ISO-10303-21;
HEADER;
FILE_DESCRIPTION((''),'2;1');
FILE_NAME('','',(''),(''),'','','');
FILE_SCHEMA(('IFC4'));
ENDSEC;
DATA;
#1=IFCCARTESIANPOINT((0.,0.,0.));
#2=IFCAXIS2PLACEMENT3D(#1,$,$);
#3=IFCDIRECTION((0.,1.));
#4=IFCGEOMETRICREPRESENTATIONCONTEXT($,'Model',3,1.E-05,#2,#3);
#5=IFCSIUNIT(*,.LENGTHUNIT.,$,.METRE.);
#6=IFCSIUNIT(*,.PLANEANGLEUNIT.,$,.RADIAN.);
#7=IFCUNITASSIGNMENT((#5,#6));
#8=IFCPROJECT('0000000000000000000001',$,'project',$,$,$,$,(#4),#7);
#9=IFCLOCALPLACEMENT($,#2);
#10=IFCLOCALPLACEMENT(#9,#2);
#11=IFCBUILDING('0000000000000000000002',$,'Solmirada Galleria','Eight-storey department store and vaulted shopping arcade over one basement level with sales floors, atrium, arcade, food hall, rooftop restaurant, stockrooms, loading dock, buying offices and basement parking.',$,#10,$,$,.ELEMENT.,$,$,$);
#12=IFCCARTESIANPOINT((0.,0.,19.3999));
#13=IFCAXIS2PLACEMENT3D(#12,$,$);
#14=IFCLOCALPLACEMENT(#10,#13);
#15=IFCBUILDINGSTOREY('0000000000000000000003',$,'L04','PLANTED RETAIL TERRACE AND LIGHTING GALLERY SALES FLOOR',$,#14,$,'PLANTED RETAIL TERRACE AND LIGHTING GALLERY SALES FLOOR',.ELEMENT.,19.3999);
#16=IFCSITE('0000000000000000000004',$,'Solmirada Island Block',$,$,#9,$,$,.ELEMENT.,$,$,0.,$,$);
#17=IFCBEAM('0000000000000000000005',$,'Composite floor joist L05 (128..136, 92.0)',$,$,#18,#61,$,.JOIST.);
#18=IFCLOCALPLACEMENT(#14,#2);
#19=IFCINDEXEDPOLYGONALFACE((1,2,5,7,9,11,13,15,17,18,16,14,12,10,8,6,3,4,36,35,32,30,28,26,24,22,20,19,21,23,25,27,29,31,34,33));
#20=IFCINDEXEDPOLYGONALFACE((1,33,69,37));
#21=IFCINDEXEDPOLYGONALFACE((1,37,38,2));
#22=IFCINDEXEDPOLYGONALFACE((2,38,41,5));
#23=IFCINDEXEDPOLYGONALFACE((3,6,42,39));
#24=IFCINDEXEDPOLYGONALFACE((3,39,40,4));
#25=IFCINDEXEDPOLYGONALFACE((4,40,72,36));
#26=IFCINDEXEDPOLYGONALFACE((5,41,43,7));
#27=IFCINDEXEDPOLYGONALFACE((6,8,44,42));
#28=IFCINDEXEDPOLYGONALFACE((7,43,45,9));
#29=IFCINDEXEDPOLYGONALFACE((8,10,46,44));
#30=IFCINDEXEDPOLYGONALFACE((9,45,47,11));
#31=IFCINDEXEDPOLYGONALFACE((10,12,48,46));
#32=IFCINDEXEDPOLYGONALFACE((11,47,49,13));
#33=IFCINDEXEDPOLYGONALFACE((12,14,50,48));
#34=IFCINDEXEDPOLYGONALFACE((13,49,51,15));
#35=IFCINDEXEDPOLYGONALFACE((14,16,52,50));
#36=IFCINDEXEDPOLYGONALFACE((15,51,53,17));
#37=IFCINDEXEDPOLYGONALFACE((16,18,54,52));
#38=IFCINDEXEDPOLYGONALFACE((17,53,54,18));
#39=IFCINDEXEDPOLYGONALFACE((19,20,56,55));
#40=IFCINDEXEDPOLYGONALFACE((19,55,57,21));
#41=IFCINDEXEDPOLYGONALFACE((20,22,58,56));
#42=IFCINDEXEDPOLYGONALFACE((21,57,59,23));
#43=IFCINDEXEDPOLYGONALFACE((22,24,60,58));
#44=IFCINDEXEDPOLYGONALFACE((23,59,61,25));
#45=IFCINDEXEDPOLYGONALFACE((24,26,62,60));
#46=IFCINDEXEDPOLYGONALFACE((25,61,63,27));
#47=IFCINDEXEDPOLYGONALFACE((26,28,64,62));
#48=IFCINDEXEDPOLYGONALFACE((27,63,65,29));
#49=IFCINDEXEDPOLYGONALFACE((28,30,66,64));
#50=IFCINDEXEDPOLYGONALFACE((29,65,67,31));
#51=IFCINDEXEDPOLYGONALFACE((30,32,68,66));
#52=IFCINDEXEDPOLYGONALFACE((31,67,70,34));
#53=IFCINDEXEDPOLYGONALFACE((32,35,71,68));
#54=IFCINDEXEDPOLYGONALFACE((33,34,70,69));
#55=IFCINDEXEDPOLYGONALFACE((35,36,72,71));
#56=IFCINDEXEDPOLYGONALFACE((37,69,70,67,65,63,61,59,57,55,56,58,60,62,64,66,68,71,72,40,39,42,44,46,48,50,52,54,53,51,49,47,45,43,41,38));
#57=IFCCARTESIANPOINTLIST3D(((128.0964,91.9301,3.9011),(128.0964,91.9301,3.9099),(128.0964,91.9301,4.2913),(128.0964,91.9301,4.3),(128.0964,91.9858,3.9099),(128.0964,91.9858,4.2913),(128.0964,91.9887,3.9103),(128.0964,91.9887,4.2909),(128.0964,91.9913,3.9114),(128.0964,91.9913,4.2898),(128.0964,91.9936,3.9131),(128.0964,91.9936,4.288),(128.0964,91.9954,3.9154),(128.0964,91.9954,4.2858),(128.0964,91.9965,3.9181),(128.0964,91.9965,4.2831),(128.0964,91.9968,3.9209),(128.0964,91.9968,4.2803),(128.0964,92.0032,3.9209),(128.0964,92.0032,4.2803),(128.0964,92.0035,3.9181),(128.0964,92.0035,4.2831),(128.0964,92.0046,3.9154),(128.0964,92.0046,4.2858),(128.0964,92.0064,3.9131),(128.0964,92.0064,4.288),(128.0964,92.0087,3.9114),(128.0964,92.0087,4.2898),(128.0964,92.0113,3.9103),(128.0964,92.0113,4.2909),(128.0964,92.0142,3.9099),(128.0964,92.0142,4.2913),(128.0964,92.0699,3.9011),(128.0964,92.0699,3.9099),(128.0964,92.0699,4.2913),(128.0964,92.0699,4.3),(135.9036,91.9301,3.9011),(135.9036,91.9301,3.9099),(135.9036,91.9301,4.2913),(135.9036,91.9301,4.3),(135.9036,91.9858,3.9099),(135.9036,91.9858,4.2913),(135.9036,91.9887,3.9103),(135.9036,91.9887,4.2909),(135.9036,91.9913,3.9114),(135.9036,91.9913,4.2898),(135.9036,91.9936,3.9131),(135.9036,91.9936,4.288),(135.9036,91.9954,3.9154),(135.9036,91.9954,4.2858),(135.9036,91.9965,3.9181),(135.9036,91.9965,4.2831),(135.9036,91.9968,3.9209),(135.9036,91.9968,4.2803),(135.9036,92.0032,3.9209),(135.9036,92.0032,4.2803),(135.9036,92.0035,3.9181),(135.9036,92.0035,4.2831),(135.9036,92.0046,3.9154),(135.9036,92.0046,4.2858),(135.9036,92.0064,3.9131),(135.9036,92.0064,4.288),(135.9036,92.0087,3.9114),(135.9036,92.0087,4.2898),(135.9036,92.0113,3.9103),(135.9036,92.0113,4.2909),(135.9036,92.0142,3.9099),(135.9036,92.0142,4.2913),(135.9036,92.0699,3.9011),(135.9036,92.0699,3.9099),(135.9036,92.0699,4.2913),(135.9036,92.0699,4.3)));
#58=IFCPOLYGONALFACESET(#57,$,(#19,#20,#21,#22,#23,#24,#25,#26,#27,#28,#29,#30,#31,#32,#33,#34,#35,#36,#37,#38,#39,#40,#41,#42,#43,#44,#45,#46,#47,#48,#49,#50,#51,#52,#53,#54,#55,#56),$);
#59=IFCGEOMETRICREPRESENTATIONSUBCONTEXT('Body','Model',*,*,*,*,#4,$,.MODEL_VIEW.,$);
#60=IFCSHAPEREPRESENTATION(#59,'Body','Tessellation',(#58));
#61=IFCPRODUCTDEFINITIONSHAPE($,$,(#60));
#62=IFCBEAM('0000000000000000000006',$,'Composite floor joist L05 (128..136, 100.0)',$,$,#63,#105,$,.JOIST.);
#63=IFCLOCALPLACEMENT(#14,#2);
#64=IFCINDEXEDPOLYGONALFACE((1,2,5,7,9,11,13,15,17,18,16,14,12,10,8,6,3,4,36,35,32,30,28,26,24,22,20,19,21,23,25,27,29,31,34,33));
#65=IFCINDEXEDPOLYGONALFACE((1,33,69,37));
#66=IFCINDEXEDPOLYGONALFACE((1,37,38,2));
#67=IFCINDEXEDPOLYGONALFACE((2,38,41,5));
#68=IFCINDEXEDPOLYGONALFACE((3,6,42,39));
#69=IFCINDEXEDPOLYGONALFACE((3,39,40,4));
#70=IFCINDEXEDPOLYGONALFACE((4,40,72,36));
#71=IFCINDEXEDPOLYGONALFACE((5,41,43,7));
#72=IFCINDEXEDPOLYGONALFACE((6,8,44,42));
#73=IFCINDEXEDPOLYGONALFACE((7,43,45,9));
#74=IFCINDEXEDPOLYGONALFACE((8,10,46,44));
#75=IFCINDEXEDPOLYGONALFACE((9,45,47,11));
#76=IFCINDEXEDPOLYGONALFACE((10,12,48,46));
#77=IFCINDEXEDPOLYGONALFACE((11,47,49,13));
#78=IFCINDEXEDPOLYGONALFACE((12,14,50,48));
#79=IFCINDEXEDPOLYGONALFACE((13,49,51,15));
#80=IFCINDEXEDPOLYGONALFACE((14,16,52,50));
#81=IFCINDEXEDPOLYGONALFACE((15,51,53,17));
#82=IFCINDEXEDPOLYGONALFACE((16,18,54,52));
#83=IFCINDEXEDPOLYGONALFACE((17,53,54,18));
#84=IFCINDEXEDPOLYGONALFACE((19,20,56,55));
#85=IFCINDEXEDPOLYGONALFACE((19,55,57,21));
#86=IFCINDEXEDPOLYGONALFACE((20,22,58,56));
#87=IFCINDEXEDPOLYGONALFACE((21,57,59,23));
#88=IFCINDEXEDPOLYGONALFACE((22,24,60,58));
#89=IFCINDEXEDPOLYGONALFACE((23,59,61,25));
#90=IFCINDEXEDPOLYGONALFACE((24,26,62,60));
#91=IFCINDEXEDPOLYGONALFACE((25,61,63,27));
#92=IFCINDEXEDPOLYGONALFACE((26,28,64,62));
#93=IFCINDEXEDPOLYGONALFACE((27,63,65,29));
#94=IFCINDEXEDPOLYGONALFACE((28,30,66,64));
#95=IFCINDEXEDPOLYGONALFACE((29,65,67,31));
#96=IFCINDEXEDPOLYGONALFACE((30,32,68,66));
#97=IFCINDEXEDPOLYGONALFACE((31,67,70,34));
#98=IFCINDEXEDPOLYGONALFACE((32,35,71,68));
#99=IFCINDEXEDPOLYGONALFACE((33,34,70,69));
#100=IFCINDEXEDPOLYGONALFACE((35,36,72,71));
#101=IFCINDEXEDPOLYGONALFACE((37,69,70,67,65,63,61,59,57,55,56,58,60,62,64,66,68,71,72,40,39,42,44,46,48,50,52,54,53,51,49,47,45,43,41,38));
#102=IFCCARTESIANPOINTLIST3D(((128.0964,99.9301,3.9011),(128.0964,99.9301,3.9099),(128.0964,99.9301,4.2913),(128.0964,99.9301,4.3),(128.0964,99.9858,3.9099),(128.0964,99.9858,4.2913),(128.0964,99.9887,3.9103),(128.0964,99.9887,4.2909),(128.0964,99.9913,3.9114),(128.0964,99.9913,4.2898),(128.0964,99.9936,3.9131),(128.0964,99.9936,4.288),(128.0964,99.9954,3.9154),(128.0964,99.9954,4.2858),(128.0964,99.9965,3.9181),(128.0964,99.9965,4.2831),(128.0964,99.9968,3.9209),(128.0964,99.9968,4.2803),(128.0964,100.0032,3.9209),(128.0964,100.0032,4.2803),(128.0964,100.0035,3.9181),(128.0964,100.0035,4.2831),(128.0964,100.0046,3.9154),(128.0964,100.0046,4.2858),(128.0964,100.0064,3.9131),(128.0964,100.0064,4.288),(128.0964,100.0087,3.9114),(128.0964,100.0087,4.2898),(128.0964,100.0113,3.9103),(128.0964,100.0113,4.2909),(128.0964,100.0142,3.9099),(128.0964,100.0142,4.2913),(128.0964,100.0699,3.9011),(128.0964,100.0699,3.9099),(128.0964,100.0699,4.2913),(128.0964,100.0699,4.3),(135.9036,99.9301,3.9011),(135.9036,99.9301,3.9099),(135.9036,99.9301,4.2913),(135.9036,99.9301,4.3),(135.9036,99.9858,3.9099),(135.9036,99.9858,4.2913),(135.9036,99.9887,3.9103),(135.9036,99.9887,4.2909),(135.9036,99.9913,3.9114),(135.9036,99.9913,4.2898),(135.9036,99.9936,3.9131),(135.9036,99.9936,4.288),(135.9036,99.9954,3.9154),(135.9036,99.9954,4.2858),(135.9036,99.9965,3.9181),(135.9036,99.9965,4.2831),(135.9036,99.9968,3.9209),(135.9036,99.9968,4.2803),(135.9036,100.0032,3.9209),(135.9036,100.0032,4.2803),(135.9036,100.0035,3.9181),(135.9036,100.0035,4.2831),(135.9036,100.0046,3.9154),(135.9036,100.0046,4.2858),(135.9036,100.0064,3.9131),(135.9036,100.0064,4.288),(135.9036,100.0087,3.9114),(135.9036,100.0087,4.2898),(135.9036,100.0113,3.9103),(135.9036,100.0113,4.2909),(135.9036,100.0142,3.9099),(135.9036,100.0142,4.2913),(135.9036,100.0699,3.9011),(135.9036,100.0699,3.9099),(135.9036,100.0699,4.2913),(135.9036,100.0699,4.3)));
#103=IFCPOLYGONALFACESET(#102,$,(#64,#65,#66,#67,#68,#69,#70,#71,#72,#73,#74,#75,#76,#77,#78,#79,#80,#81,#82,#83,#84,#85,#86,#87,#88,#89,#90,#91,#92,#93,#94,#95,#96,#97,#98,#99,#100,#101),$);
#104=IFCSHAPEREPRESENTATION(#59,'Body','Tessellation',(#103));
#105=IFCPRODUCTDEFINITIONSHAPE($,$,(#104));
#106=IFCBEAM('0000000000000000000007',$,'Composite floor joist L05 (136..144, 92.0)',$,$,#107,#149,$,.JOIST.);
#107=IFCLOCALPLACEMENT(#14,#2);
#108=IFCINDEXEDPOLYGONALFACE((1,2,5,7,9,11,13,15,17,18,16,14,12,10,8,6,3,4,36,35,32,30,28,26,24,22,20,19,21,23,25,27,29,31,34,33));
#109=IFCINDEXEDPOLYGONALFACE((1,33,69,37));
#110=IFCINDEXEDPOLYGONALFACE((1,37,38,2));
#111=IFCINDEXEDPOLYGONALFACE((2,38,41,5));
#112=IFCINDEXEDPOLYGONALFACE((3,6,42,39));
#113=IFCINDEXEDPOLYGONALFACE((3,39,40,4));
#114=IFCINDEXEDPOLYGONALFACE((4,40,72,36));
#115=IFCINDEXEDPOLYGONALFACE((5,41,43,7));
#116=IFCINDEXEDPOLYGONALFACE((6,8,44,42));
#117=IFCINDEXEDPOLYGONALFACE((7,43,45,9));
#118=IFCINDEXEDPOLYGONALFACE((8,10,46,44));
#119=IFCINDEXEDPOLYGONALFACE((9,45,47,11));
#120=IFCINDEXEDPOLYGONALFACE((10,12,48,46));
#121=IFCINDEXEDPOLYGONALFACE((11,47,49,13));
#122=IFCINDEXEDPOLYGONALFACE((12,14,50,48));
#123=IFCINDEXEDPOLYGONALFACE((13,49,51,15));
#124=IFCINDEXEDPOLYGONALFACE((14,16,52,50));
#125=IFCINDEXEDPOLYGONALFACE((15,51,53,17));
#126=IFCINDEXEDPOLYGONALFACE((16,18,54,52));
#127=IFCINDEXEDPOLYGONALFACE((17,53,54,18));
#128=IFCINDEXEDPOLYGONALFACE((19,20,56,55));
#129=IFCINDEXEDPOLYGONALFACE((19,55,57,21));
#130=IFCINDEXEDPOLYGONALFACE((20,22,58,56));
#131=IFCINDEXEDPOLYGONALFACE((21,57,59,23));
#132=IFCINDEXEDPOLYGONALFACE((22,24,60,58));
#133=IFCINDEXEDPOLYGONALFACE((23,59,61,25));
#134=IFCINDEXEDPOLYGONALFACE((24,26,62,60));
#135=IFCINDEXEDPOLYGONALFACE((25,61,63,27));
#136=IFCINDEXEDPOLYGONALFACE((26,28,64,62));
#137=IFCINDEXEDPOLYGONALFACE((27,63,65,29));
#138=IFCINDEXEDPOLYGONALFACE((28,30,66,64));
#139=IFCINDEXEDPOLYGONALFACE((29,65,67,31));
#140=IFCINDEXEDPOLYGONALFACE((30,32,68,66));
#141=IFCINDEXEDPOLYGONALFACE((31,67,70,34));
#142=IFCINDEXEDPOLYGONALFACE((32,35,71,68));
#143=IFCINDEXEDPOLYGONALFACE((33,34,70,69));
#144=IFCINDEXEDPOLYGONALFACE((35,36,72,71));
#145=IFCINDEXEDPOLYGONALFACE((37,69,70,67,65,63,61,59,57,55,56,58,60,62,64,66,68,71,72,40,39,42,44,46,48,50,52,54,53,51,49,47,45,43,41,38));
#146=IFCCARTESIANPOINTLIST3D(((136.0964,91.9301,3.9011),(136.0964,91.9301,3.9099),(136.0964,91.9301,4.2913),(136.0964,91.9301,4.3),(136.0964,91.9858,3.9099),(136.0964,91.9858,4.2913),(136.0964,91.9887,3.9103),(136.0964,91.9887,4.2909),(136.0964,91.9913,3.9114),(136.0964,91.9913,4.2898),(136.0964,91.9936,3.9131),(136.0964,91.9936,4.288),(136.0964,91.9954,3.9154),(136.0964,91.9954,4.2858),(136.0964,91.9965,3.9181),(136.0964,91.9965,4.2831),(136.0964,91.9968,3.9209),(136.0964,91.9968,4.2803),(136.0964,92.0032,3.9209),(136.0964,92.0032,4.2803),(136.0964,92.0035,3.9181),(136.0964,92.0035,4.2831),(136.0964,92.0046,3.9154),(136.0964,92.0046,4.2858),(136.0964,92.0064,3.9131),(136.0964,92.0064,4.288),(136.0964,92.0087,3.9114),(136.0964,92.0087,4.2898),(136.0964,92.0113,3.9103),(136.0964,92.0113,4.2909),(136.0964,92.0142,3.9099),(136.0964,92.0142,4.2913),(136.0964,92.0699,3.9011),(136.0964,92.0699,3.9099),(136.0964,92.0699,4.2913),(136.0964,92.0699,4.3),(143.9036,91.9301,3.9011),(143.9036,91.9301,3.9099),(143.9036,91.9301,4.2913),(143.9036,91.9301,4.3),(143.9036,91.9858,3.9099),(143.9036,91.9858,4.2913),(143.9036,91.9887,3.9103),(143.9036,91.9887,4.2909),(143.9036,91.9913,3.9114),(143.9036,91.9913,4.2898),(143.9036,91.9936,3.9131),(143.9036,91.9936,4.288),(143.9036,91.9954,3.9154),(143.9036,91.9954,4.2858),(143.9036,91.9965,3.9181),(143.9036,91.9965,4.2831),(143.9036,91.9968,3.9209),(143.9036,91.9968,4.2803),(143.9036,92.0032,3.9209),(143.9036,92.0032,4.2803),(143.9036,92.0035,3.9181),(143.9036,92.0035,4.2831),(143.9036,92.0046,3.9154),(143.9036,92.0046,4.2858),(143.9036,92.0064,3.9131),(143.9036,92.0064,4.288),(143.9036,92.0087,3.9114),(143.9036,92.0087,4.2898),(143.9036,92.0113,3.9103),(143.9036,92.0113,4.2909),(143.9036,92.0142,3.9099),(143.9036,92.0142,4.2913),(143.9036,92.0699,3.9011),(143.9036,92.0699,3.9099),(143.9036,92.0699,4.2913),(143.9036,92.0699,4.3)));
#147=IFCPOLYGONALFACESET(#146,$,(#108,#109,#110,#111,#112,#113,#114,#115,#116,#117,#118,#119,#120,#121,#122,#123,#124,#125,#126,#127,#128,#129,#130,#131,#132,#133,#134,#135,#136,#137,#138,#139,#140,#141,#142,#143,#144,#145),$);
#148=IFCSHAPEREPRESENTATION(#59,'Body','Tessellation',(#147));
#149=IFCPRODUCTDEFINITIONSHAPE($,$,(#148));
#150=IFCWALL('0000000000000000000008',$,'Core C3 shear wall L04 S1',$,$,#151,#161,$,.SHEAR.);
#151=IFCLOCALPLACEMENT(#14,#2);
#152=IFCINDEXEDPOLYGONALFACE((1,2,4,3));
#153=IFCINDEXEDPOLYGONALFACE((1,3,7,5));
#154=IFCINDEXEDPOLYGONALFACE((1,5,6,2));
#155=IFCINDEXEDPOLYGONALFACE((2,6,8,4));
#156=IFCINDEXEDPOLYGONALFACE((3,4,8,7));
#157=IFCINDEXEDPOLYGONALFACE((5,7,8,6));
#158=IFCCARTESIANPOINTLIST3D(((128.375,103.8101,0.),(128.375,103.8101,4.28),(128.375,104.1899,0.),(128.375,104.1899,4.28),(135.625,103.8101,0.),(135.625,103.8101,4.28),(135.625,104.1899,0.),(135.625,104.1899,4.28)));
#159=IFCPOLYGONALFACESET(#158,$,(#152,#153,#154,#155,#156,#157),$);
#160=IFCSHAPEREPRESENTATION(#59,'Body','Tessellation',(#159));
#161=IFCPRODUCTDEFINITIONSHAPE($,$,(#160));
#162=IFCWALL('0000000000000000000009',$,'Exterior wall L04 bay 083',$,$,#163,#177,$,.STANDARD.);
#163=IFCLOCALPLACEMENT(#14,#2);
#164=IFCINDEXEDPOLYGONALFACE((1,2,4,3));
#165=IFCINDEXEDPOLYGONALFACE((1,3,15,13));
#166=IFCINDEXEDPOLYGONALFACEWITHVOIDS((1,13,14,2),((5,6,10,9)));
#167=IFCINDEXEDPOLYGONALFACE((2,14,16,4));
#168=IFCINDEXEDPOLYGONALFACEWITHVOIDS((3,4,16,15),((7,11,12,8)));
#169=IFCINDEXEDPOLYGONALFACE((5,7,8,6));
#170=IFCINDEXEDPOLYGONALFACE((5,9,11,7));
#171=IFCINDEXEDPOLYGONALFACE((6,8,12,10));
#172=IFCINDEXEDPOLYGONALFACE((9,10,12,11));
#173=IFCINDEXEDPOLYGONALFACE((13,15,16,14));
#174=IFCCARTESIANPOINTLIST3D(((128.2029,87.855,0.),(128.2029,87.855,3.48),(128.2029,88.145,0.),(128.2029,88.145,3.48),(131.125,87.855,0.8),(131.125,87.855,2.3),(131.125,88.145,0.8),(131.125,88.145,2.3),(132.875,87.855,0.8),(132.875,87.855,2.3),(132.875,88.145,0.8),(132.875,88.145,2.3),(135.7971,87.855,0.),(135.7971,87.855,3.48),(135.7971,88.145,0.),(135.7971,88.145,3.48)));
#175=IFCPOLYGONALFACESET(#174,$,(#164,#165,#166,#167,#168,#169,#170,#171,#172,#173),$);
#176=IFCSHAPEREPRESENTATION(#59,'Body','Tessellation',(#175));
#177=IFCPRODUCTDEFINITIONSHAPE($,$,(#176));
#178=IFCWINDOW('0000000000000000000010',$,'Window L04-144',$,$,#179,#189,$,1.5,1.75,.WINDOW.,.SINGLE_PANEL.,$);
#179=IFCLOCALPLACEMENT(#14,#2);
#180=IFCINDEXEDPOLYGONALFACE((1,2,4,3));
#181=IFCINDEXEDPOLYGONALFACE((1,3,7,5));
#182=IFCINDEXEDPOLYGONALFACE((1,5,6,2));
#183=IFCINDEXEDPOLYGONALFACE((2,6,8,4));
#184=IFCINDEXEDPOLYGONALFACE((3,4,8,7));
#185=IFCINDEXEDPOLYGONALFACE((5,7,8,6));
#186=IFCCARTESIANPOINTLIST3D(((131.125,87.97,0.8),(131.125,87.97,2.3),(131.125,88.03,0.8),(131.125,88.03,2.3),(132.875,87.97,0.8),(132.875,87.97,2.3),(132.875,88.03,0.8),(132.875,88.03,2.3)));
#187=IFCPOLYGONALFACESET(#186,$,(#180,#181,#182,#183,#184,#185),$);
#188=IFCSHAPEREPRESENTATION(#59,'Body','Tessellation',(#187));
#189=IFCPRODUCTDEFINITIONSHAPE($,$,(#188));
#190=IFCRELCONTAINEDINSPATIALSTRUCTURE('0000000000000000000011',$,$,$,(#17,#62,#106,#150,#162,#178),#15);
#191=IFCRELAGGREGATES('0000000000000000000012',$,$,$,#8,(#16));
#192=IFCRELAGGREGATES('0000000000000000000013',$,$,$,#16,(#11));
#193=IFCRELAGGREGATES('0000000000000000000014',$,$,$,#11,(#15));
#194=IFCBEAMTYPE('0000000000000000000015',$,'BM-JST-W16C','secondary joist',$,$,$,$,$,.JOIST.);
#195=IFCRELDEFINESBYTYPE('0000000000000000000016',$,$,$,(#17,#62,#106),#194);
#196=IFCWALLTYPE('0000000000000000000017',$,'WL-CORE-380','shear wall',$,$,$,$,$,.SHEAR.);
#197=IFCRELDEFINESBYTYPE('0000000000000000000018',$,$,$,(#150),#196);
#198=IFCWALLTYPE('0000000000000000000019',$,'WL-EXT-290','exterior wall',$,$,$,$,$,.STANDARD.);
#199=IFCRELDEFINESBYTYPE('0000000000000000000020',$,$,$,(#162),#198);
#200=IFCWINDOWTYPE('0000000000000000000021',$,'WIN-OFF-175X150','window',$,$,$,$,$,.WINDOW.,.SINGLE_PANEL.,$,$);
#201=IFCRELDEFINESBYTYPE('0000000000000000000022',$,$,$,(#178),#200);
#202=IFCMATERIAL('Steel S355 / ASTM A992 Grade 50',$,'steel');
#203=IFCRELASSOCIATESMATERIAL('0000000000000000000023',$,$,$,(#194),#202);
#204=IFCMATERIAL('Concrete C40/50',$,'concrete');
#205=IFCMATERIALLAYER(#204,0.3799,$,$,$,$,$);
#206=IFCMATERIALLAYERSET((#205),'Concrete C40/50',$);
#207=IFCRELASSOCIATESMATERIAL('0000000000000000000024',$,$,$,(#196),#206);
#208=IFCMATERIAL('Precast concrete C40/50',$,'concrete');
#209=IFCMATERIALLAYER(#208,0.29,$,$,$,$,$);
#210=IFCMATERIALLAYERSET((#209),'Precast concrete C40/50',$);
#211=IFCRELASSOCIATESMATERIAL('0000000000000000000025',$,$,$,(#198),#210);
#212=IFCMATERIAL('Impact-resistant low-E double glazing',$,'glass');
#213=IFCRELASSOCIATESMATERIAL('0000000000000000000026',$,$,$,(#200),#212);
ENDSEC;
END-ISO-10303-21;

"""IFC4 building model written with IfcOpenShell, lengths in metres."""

from ifc_helpers import new_model, si_unit, direction, frame, frame_2d, origin, origin_2d, place, context, subcontext, project, spatial, rectangle, i_section, extrude, material, layer, layer_set, material_profile, profile_set, type_object, element, fill, save


model = new_model("IFC4")

# Units and contexts
model_context = context("Model", 3, precision=1e-05, world=origin(), true_north=direction((0.0, 1.0)))
body_context = subcontext(model_context, "Body", "Model", "MODEL_VIEW")
ifc_project = project(units=[si_unit("LENGTHUNIT", "METRE"), si_unit("PLANEANGLEUNIT", "RADIAN")], contexts=[model_context])

# Site, building, storey
site_placement = place(None, origin())
site = spatial("IfcSite", under=ifc_project, at=site_placement, Name="Solmirada Island Block", CompositionType="ELEMENT", RefElevation=0.0)
building_placement = place(site_placement, origin())
building = spatial("IfcBuilding", under=site, at=building_placement, Name="Solmirada Galleria", Description="Eight-storey department store and vaulted shopping arcade over one basement level with sales floors, atrium, arcade, food hall, rooftop restaurant, stockrooms, loading dock, buying offices and basement parking.", CompositionType="ELEMENT")
storey_placement = place(building_placement, frame((0.0, 0.0, 19.3999)))
storey = spatial("IfcBuildingStorey", under=building, at=storey_placement, Name="L04", Description="PLANTED RETAIL TERRACE AND LIGHTING GALLERY SALES FLOOR", LongName="PLANTED RETAIL TERRACE AND LIGHTING GALLERY SALES FLOOR", CompositionType="ELEMENT", Elevation=19.3999)

# Shared definitions
ifc_material_1 = material(Name="Concrete C40/50", Category="concrete")

# Beams
ifc_material_2 = material(Name="Steel S355 / ASTM A992 Grade 50", Category="steel")
ifc_material_profile_1 = material_profile(ifc_material_2, i_section(OverallWidth=0.1399, OverallDepth=0.3989, WebThickness=0.0063, FlangeThickness=0.0088, FilletRadius=0.011, at=origin_2d()), Name="W16X26")
ifc_profile_set_1 = profile_set([ifc_material_profile_1], Name="Steel S355 / ASTM A992 Grade 50")
beam_type_1 = type_object("IfcBeamType", Name="BM-JST-W16C", Description="secondary joist", PredefinedType="JOIST", material=ifc_profile_set_1)
for number, where, z_axis, x_axis, name in (
    (1, (128.0964, 92.0, 4.1006), (1.0, 0.0, 0.0), (0.0, 1.0, 0.0), "Composite floor joist L05 (128..136, 92.0)"),
    (2, (128.0964, 100.0, 4.1006), (1.0, 0.0, 0.0), (0.0, 1.0, 0.0), "Composite floor joist L05 (128..136, 100.0)"),
    (3, (136.0964, 92.0, 4.1006), (1.0, 0.0, 0.0), (0.0, 1.0, 0.0), "Composite floor joist L05 (136..144, 92.0)"),
):
    element("IfcBeam", number, at=place(storey_placement, frame(where, z_axis=z_axis, x_axis=x_axis)), inside=storey, type_object=beam_type_1, Name=name, PredefinedType="JOIST", context=body_context, shape_type="SweptSolid", body=[
        extrude(i_section(OverallWidth=0.1399, OverallDepth=0.3989, WebThickness=0.0063, FlangeThickness=0.0088, FilletRadius=0.011, at=origin_2d()), origin(), (0.0, 0.0, 1.0), 7.8071),
    ])

# Wall
ifc_layer_1 = layer(ifc_material_1, 0.3799)
ifc_layer_set_1 = layer_set([ifc_layer_1], Name="Concrete C40/50")
wall_type_1 = type_object("IfcWallType", Name="WL-CORE-380", Description="shear wall", PredefinedType="SHEAR", material=ifc_layer_set_1)
wall_1_placement = place(storey_placement, frame((128.375, 104.0, 0.0), z_axis=(0.0, 0.0, 1.0), x_axis=(1.0, 0.0, 0.0)))
element("IfcWall", 4, at=wall_1_placement, inside=storey, type_object=wall_type_1, Name="Core C3 shear wall L04 S1", PredefinedType="SHEAR", context=body_context, shape_type="SweptSolid", body=[
    extrude(rectangle(XDim=7.25, YDim=0.3799, at=frame_2d((3.625, 0.0))), origin(), (0.0, 0.0, 1.0), 4.28),
])

# Wall, opening, window
ifc_material_3 = material(Name="Precast concrete C40/50", Category="concrete")
ifc_layer_2 = layer(ifc_material_3, 0.29)
ifc_layer_set_2 = layer_set([ifc_layer_2], Name="Precast concrete C40/50")
wall_type_2 = type_object("IfcWallType", Name="WL-EXT-290", Description="exterior wall", PredefinedType="STANDARD", material=ifc_layer_set_2)
wall_2_placement = place(storey_placement, frame((135.7971, 88.0, 0.0), z_axis=(0.0, 0.0, 1.0), x_axis=(-1.0, 0.0, 0.0)))
wall_2 = element("IfcWall", 5, at=wall_2_placement, inside=storey, type_object=wall_type_2, Name="Exterior wall L04 bay 083", PredefinedType="STANDARD", context=body_context, shape_type="SweptSolid", body=[
    extrude(rectangle(XDim=7.5942, YDim=0.29, at=frame_2d((3.7971, 0.0))), origin(), (0.0, 0.0, 1.0), 3.48),
])
opening_1_placement = place(wall_2_placement, frame((2.9221, 0.0, 0.8)))
opening_1 = element("IfcOpeningElement", 6, at=opening_1_placement, cuts=wall_2, PredefinedType="OPENING", context=body_context, shape_type="SweptSolid", body=[
    extrude(rectangle(XDim=1.75, YDim=1.5, at=frame_2d((0.875, 0.75))), frame((0.0, 0.155, 0.0), z_axis=(0.0, -1.0, 0.0), x_axis=(1.0, 0.0, 0.0)), (0.0, 0.0, 1.0), 0.3101),
])
ifc_material_4 = material(Name="Impact-resistant low-E double glazing", Category="glass")
window_type = type_object("IfcWindowType", Name="WIN-OFF-175X150", Description="window", PartitioningType="SINGLE_PANEL", PredefinedType="WINDOW", material=ifc_material_4)
window_1_placement = place(opening_1_placement, origin())
window_1 = element("IfcWindow", 7, at=window_1_placement, inside=storey, type_object=window_type, Name="Window L04-144", OverallHeight=1.5, OverallWidth=1.75, PartitioningType="SINGLE_PANEL", PredefinedType="WINDOW", context=body_context, shape_type="SweptSolid", body=[
    extrude(rectangle(XDim=1.75, YDim=1.5, at=frame_2d((0.875, 0.75))), frame((0.0, 0.03, 0.0), z_axis=(0.0, -1.0, 0.0), x_axis=(1.0, 0.0, 0.0)), (0.0, 0.0, 1.0), 0.0601),
])
fill(opening_1, window_1)

save(model, "model.ifc")
